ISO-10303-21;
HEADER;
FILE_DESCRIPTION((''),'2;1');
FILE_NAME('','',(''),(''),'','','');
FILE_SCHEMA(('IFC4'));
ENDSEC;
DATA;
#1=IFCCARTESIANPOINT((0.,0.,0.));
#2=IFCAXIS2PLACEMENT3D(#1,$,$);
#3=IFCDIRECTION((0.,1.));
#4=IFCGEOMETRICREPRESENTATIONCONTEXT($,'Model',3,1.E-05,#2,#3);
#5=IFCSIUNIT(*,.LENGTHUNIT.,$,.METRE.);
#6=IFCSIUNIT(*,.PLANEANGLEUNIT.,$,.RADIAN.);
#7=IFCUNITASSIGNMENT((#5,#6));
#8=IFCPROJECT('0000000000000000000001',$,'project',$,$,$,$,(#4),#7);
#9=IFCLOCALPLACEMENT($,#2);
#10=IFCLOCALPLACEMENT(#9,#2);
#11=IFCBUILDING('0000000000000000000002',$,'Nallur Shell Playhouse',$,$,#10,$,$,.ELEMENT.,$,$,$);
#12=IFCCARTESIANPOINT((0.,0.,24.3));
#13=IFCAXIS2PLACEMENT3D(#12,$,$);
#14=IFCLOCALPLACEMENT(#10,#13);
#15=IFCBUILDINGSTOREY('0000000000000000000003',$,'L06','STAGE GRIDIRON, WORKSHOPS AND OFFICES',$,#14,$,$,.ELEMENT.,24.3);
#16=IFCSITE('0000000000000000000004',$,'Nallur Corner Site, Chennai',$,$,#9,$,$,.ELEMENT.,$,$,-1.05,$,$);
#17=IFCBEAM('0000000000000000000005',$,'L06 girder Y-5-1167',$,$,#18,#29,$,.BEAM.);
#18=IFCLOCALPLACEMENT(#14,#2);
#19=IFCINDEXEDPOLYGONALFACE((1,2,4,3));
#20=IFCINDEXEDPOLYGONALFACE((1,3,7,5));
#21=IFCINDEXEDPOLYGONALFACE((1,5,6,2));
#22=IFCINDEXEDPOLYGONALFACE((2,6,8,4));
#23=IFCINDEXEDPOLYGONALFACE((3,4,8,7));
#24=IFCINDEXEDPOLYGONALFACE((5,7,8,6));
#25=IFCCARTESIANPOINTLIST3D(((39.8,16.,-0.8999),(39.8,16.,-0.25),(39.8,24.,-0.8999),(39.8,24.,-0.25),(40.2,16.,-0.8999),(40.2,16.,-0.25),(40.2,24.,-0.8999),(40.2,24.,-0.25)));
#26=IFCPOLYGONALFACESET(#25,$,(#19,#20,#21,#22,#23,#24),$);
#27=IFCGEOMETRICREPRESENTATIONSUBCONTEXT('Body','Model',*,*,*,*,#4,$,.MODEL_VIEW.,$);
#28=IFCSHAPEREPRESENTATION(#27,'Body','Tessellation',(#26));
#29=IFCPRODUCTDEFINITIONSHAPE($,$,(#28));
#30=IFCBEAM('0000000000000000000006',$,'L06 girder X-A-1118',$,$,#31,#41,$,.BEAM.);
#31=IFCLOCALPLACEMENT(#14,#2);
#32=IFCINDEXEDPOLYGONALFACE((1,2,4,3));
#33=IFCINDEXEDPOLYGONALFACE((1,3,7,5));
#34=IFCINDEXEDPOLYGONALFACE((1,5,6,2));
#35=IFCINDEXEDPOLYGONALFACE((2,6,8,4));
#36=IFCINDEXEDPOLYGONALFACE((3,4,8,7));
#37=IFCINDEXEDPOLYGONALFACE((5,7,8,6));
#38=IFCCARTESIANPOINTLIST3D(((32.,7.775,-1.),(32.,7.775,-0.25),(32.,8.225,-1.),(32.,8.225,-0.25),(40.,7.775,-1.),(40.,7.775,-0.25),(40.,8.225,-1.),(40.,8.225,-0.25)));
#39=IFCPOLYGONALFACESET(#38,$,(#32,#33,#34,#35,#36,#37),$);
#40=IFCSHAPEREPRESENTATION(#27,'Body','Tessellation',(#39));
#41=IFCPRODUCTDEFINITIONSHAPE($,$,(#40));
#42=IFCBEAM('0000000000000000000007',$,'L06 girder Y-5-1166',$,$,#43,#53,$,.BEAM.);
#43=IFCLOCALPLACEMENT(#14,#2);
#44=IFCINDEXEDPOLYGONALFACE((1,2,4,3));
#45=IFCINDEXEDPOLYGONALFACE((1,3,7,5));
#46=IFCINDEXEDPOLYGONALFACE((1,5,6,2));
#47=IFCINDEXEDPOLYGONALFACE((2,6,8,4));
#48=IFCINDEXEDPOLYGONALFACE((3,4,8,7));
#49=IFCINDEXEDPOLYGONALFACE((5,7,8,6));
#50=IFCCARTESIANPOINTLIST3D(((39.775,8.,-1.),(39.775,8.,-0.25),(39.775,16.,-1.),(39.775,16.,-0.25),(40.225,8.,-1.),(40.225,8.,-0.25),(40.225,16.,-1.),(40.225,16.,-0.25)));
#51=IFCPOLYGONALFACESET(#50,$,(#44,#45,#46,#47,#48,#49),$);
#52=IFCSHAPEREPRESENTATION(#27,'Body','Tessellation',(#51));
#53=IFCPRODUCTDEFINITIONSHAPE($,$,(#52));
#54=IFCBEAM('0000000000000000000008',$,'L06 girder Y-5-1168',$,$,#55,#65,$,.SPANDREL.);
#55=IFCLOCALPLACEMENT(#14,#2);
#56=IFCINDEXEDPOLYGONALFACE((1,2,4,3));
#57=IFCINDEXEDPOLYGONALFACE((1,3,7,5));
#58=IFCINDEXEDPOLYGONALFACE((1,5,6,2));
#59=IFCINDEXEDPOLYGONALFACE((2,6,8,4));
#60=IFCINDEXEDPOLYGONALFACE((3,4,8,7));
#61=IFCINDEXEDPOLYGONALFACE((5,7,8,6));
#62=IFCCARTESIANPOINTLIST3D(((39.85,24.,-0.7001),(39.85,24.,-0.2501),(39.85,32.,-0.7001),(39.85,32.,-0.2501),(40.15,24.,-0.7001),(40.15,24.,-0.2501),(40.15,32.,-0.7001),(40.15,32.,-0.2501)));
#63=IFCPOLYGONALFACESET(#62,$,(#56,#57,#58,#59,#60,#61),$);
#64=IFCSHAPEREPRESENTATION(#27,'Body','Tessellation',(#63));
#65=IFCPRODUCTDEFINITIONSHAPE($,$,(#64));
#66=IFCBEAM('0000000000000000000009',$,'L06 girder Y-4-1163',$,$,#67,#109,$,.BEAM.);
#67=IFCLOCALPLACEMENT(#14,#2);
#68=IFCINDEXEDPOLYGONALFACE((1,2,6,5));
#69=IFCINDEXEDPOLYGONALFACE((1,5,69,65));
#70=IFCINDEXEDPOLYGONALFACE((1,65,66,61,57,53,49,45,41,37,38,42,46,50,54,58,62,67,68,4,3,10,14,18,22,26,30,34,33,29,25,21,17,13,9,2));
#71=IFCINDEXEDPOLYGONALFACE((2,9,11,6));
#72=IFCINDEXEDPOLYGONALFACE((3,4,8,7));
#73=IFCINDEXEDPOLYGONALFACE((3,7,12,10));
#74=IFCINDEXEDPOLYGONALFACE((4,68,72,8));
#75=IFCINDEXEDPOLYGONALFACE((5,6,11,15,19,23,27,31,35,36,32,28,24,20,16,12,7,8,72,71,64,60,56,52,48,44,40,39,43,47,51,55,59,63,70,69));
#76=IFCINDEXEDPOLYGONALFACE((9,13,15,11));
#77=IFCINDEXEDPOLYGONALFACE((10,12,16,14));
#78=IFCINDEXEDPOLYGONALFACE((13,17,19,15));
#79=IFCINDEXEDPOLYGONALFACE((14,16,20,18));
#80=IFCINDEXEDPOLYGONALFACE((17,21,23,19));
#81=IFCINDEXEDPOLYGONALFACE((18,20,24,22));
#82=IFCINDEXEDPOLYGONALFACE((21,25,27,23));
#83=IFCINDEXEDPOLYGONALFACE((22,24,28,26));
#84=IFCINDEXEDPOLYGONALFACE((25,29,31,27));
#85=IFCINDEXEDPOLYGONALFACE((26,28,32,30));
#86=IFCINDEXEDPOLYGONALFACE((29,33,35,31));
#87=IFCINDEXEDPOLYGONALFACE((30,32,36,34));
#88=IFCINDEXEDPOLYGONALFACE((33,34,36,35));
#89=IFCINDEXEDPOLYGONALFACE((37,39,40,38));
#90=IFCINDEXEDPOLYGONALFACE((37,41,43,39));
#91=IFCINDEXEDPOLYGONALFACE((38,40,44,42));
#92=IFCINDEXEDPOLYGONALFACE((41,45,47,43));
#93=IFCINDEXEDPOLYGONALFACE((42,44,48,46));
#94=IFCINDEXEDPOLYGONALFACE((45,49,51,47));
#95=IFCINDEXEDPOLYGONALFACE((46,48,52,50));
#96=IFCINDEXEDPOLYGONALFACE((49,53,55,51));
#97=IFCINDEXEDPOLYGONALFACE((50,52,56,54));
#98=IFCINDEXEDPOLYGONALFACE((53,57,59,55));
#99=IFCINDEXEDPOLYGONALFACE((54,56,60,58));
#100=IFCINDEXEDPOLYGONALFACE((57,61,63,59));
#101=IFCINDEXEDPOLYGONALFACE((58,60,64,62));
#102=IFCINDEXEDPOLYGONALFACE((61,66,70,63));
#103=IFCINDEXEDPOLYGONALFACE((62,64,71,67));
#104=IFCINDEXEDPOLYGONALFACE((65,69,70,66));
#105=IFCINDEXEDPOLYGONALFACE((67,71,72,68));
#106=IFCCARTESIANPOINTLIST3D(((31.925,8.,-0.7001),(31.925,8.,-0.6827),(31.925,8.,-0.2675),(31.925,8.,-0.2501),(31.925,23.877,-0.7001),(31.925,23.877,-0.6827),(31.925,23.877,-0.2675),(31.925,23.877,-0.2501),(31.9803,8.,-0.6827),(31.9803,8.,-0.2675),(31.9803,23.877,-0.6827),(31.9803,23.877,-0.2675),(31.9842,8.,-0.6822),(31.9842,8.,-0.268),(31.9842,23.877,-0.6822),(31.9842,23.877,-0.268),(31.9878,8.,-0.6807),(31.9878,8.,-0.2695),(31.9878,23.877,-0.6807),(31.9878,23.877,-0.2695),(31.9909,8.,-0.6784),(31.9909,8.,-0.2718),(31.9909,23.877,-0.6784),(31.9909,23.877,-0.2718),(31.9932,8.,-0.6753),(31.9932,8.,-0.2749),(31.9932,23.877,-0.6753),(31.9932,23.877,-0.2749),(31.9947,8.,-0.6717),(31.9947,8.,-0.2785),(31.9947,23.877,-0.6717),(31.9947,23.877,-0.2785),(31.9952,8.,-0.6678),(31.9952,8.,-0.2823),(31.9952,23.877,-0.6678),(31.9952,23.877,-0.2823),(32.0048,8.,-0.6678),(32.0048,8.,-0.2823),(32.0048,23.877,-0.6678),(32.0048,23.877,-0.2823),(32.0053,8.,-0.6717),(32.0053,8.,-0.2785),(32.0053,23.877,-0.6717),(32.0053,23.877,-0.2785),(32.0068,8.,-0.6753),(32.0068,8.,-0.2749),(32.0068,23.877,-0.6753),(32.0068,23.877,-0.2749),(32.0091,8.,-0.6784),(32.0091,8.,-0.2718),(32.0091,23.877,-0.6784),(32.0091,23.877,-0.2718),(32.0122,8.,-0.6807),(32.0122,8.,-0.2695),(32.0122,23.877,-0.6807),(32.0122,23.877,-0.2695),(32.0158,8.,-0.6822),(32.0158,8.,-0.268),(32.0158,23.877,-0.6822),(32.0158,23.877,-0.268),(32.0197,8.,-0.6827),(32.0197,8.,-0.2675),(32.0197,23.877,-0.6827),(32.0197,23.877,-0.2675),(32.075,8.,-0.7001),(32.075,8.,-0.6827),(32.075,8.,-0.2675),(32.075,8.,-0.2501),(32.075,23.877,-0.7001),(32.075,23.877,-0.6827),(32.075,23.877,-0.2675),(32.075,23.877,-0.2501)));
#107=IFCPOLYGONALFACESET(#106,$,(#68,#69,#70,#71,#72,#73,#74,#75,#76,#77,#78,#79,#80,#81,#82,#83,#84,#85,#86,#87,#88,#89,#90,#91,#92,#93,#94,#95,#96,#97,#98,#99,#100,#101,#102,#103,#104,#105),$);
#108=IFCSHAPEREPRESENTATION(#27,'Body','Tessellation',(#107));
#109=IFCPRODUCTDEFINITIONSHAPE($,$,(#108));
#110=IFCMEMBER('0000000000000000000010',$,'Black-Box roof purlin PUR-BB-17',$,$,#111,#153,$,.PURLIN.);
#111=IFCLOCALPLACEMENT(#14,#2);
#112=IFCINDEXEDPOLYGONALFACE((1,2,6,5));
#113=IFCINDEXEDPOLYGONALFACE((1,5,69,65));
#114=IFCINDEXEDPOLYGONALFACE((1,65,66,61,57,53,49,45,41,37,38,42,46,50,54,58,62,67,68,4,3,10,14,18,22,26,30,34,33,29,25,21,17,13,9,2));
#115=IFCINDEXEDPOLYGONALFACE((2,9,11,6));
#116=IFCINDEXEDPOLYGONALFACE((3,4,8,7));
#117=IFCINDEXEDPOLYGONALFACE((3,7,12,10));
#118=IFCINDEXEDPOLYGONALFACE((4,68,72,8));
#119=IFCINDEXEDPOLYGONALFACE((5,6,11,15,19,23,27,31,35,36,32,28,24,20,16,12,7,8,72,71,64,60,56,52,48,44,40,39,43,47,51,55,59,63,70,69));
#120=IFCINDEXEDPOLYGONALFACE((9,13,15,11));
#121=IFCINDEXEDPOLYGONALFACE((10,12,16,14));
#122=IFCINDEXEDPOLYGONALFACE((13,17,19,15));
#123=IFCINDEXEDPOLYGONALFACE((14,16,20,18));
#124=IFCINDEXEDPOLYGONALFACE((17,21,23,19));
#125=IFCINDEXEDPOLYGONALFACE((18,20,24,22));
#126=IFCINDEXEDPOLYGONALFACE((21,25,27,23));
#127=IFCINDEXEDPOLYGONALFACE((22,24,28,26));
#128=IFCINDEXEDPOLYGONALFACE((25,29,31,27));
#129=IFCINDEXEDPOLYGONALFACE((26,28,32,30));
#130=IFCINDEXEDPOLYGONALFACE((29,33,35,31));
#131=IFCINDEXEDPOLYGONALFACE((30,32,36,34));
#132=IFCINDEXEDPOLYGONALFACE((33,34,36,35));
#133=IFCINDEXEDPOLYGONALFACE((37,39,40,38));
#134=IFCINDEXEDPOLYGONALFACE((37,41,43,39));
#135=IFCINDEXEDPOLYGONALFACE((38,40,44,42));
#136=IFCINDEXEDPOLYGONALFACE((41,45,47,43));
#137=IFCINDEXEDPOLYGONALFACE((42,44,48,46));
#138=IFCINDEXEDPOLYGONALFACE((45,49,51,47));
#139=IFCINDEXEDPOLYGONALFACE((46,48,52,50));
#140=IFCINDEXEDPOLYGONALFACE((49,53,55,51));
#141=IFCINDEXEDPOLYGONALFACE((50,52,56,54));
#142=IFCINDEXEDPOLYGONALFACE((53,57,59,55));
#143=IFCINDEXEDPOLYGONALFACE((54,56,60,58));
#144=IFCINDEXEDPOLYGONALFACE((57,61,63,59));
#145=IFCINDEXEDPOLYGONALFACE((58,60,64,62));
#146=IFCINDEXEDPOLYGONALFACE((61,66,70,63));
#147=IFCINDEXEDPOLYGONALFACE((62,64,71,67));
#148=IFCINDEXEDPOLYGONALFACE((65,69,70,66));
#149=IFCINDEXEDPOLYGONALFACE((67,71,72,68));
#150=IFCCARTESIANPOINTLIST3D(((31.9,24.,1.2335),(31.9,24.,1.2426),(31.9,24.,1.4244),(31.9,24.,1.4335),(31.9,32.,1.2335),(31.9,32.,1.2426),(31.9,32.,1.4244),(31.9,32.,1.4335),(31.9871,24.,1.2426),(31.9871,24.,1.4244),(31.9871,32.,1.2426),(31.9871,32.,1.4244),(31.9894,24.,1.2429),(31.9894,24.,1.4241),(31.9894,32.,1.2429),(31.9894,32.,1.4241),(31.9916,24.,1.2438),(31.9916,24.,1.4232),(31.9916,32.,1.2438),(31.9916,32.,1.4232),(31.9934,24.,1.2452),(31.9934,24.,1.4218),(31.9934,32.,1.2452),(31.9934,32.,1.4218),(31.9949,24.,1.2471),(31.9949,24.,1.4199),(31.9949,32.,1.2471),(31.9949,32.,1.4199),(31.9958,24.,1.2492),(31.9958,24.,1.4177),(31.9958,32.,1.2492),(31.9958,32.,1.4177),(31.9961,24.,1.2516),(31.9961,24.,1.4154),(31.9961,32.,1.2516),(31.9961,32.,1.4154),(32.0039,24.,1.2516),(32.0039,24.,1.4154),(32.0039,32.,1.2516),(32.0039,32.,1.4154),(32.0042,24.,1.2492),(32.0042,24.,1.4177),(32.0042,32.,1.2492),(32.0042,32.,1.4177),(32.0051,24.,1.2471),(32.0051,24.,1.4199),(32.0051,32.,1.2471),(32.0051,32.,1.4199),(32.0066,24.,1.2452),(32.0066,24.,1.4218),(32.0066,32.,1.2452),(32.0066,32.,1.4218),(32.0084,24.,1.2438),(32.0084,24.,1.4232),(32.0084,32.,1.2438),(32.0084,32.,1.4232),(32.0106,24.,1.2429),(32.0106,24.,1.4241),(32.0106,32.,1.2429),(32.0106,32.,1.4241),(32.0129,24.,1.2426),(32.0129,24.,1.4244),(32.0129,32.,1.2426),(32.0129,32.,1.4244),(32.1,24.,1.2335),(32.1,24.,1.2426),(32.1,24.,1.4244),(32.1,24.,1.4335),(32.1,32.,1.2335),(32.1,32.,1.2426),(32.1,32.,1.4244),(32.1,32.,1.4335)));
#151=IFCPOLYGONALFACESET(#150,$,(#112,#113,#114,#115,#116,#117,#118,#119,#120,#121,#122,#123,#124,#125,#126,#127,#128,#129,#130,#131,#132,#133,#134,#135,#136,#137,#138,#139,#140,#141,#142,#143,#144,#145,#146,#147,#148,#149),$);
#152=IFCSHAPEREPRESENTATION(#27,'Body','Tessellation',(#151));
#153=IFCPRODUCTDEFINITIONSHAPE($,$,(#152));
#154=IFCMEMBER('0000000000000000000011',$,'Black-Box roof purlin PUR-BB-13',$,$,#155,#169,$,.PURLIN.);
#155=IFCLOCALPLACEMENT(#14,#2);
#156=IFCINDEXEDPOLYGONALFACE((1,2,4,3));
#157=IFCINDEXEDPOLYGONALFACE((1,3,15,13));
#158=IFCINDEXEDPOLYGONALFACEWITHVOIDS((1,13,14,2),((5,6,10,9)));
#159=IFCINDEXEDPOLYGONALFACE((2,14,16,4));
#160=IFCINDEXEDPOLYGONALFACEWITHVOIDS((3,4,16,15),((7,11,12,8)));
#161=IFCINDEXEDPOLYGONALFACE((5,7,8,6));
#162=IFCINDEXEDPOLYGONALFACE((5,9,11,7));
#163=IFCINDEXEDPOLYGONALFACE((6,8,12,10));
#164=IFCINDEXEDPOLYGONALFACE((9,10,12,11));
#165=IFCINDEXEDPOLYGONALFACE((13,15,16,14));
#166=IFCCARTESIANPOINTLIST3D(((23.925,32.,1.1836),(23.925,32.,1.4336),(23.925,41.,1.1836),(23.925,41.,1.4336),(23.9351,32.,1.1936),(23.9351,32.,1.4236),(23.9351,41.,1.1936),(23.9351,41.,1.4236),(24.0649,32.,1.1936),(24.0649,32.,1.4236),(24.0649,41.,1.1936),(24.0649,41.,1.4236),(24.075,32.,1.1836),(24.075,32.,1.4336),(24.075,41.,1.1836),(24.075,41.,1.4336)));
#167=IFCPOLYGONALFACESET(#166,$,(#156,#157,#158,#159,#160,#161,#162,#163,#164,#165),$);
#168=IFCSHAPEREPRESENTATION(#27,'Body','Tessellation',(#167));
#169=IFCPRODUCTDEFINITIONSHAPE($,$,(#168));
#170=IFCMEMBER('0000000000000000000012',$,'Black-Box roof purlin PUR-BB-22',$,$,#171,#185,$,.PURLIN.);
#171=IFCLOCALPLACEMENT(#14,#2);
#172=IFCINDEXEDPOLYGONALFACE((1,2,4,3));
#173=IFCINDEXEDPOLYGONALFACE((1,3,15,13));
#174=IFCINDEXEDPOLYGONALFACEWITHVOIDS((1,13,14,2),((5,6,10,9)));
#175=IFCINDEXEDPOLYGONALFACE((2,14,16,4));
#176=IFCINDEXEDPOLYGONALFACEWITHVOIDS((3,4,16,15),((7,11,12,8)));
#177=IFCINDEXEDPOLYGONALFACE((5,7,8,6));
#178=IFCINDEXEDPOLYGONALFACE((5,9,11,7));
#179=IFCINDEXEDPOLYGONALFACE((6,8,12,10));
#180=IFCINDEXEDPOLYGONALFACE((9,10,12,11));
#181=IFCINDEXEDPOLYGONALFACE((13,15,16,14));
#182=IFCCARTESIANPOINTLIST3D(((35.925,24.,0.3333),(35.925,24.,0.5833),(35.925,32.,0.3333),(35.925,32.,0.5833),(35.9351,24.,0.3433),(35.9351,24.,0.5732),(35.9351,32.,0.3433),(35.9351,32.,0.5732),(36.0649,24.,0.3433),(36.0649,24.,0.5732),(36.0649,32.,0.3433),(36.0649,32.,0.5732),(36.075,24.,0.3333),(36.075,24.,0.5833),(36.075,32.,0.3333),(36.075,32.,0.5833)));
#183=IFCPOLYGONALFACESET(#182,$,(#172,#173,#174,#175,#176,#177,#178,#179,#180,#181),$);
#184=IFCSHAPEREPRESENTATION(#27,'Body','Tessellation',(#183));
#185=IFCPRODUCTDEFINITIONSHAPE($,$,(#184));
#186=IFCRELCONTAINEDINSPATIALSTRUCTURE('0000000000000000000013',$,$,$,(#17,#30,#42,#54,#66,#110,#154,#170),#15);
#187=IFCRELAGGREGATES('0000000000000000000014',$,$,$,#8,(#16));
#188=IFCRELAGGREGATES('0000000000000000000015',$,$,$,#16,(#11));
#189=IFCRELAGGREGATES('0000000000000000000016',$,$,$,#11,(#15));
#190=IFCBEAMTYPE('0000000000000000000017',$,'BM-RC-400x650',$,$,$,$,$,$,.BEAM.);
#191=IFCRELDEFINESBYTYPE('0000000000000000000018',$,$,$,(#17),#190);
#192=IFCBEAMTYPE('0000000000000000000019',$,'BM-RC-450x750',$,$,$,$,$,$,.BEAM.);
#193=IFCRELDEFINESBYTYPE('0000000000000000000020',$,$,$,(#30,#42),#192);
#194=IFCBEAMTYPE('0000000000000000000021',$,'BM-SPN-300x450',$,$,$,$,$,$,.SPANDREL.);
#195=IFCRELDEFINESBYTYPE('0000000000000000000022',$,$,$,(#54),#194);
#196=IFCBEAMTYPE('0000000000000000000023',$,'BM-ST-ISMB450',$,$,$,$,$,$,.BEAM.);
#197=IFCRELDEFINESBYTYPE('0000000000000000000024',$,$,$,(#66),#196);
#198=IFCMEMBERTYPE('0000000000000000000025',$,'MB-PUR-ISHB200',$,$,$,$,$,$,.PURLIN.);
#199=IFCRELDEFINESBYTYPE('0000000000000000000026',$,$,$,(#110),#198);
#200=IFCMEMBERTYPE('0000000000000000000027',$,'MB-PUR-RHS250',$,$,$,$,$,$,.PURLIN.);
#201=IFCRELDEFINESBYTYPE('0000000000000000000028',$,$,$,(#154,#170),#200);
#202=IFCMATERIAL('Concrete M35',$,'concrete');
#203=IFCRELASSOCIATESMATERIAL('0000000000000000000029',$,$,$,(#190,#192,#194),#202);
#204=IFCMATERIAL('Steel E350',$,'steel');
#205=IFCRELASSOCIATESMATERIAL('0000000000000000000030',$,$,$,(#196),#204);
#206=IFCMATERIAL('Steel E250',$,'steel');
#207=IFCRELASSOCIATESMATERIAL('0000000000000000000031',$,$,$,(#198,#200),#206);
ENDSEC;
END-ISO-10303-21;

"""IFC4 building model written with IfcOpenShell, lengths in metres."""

from ifc_helpers import new_model, si_unit, direction, frame, origin, origin_2d, place, context, subcontext, project, spatial, rectangle, hollow_rectangle, i_section, extrude, material, material_profile, profile_set, type_object, element, save


model = new_model("IFC4")

# Units and contexts
model_context = context("Model", 3, precision=1e-05, world=origin(), true_north=direction((0.0, 1.0)))
body_context = subcontext(model_context, "Body", "Model", "MODEL_VIEW")
ifc_project = project(units=[si_unit("LENGTHUNIT", "METRE"), si_unit("PLANEANGLEUNIT", "RADIAN")], contexts=[model_context])

# Site, building, storey
site_placement = place(None, origin())
site = spatial("IfcSite", under=ifc_project, at=site_placement, Name="Nallur Corner Site, Chennai", CompositionType="ELEMENT", RefElevation=-1.05)
building_placement = place(site_placement, origin())
building = spatial("IfcBuilding", under=site, at=building_placement, Name="Nallur Shell Playhouse", CompositionType="ELEMENT")
storey_placement = place(building_placement, frame((0.0, 0.0, 24.3)))
storey = spatial("IfcBuildingStorey", under=building, at=storey_placement, Name="L06", Description="STAGE GRIDIRON, WORKSHOPS AND OFFICES", CompositionType="ELEMENT", Elevation=24.3)

# Beams
ifc_material_1 = material(Name="Concrete M35", Category="concrete")
ifc_material_profile_1 = material_profile(ifc_material_1, rectangle(XDim=0.3999, YDim=0.6499, at=origin_2d()), Name="RC 400x650")
ifc_profile_set_1 = profile_set([ifc_material_profile_1], Name="Concrete M35")
beam_type_1 = type_object("IfcBeamType", Name="BM-RC-400x650", PredefinedType="BEAM", material=ifc_profile_set_1)
beam_1_placement = place(storey_placement, frame((40.0, 16.0, -0.575), z_axis=(0.0, 1.0, 0.0), x_axis=(-1.0, 0.0, 0.0)))
element("IfcBeam", 1, at=beam_1_placement, inside=storey, type_object=beam_type_1, Name="L06 girder Y-5-1167", PredefinedType="BEAM", context=body_context, shape_type="SweptSolid", body=[
    extrude(rectangle(XDim=0.3999, YDim=0.6499, at=origin_2d()), origin(), (0.0, 0.0, 1.0), 8.0),
])
ifc_material_profile_2 = material_profile(ifc_material_1, rectangle(XDim=0.45, YDim=0.75, at=origin_2d()), Name="RC 450x750")
ifc_profile_set_2 = profile_set([ifc_material_profile_2], Name="Concrete M35")
beam_type_2 = type_object("IfcBeamType", Name="BM-RC-450x750", PredefinedType="BEAM", material=ifc_profile_set_2)
for number, where, z_axis, x_axis, name in (
    (2, (32.0, 8.0, -0.625), (1.0, 0.0, 0.0), (0.0, 1.0, 0.0), "L06 girder X-A-1118"),
    (3, (40.0, 8.0, -0.625), (0.0, 1.0, 0.0), (-1.0, 0.0, 0.0), "L06 girder Y-5-1166"),
):
    element("IfcBeam", number, at=place(storey_placement, frame(where, z_axis=z_axis, x_axis=x_axis)), inside=storey, type_object=beam_type_2, Name=name, PredefinedType="BEAM", context=body_context, shape_type="SweptSolid", body=[
        extrude(rectangle(XDim=0.45, YDim=0.75, at=origin_2d()), origin(), (0.0, 0.0, 1.0), 8.0),
    ])
ifc_material_profile_3 = material_profile(ifc_material_1, rectangle(XDim=0.3, YDim=0.45, at=origin_2d()), Name="RC 300x450")
ifc_profile_set_3 = profile_set([ifc_material_profile_3], Name="Concrete M35")
beam_type_3 = type_object("IfcBeamType", Name="BM-SPN-300x450", PredefinedType="SPANDREL", material=ifc_profile_set_3)
beam_2_placement = place(storey_placement, frame((40.0, 24.0, -0.4751), z_axis=(0.0, 1.0, 0.0), x_axis=(-1.0, 0.0, 0.0)))
element("IfcBeam", 4, at=beam_2_placement, inside=storey, type_object=beam_type_3, Name="L06 girder Y-5-1168", PredefinedType="SPANDREL", context=body_context, shape_type="SweptSolid", body=[
    extrude(rectangle(XDim=0.3, YDim=0.45, at=origin_2d()), origin(), (0.0, 0.0, 1.0), 8.0),
])
ifc_material_2 = material(Name="Steel E350", Category="steel")
ifc_material_profile_4 = material_profile(ifc_material_2, i_section(OverallWidth=0.1499, OverallDepth=0.45, WebThickness=0.0095, FlangeThickness=0.0173, FilletRadius=0.0149, at=origin_2d()), Name="ISMB 450")
ifc_profile_set_4 = profile_set([ifc_material_profile_4], Name="Steel E350")
beam_type_4 = type_object("IfcBeamType", Name="BM-ST-ISMB450", PredefinedType="BEAM", material=ifc_profile_set_4)
beam_3_placement = place(storey_placement, frame((32.0, 8.0, -0.4751), z_axis=(0.0, 1.0, 0.0), x_axis=(-1.0, 0.0, 0.0)))
element("IfcBeam", 5, at=beam_3_placement, inside=storey, type_object=beam_type_4, Name="L06 girder Y-4-1163", PredefinedType="BEAM", context=body_context, shape_type="SweptSolid", body=[
    extrude(i_section(OverallWidth=0.1499, OverallDepth=0.45, WebThickness=0.0095, FlangeThickness=0.0173, FilletRadius=0.0149, at=origin_2d()), origin(), (0.0, 0.0, 1.0), 15.877),
])

# Members
ifc_material_3 = material(Name="Steel E250", Category="steel")
ifc_material_profile_5 = material_profile(ifc_material_3, i_section(OverallWidth=0.2, OverallDepth=0.2, WebThickness=0.0078, FlangeThickness=0.009, FilletRadius=0.009, at=origin_2d()), Name="ISHB 200")
ifc_profile_set_5 = profile_set([ifc_material_profile_5], Name="Steel E250")
member_type_1 = type_object("IfcMemberType", Name="MB-PUR-ISHB200", PredefinedType="PURLIN", material=ifc_profile_set_5)
member_1_placement = place(storey_placement, frame((32.0, 24.0, 1.3335), z_axis=(0.0, 1.0, 0.0), x_axis=(-1.0, 0.0, 0.0)))
element("IfcMember", 6, at=member_1_placement, inside=storey, type_object=member_type_1, Name="Black-Box roof purlin PUR-BB-17", PredefinedType="PURLIN", context=body_context, shape_type="SweptSolid", body=[
    extrude(i_section(OverallWidth=0.2, OverallDepth=0.2, WebThickness=0.0078, FlangeThickness=0.009, FilletRadius=0.009, at=origin_2d()), origin(), (0.0, 0.0, 1.0), 8.0),
])
ifc_material_profile_6 = material_profile(ifc_material_3, hollow_rectangle(XDim=0.1499, YDim=0.25, WallThickness=0.01, at=origin_2d()), Name="RHS 250x150x10")
ifc_profile_set_6 = profile_set([ifc_material_profile_6], Name="Steel E250")
member_type_2 = type_object("IfcMemberType", Name="MB-PUR-RHS250", PredefinedType="PURLIN", material=ifc_profile_set_6)
member_2_placement = place(storey_placement, frame((24.0, 32.0, 1.3086), z_axis=(0.0, 1.0, 0.0), x_axis=(-1.0, 0.0, 0.0)))
element("IfcMember", 7, at=member_2_placement, inside=storey, type_object=member_type_2, Name="Black-Box roof purlin PUR-BB-13", PredefinedType="PURLIN", context=body_context, shape_type="SweptSolid", body=[
    extrude(hollow_rectangle(XDim=0.1499, YDim=0.25, WallThickness=0.01, at=origin_2d()), origin(), (0.0, 0.0, 1.0), 9.0),
])
member_3_placement = place(storey_placement, frame((36.0, 24.0, 0.4583), z_axis=(0.0, 1.0, 0.0), x_axis=(-1.0, 0.0, 0.0)))
element("IfcMember", 8, at=member_3_placement, inside=storey, type_object=member_type_2, Name="Black-Box roof purlin PUR-BB-22", PredefinedType="PURLIN", context=body_context, shape_type="SweptSolid", body=[
    extrude(hollow_rectangle(XDim=0.1499, YDim=0.25, WallThickness=0.01, at=origin_2d()), origin(), (0.0, 0.0, 1.0), 8.0),
])

save(model, "model.ifc")
